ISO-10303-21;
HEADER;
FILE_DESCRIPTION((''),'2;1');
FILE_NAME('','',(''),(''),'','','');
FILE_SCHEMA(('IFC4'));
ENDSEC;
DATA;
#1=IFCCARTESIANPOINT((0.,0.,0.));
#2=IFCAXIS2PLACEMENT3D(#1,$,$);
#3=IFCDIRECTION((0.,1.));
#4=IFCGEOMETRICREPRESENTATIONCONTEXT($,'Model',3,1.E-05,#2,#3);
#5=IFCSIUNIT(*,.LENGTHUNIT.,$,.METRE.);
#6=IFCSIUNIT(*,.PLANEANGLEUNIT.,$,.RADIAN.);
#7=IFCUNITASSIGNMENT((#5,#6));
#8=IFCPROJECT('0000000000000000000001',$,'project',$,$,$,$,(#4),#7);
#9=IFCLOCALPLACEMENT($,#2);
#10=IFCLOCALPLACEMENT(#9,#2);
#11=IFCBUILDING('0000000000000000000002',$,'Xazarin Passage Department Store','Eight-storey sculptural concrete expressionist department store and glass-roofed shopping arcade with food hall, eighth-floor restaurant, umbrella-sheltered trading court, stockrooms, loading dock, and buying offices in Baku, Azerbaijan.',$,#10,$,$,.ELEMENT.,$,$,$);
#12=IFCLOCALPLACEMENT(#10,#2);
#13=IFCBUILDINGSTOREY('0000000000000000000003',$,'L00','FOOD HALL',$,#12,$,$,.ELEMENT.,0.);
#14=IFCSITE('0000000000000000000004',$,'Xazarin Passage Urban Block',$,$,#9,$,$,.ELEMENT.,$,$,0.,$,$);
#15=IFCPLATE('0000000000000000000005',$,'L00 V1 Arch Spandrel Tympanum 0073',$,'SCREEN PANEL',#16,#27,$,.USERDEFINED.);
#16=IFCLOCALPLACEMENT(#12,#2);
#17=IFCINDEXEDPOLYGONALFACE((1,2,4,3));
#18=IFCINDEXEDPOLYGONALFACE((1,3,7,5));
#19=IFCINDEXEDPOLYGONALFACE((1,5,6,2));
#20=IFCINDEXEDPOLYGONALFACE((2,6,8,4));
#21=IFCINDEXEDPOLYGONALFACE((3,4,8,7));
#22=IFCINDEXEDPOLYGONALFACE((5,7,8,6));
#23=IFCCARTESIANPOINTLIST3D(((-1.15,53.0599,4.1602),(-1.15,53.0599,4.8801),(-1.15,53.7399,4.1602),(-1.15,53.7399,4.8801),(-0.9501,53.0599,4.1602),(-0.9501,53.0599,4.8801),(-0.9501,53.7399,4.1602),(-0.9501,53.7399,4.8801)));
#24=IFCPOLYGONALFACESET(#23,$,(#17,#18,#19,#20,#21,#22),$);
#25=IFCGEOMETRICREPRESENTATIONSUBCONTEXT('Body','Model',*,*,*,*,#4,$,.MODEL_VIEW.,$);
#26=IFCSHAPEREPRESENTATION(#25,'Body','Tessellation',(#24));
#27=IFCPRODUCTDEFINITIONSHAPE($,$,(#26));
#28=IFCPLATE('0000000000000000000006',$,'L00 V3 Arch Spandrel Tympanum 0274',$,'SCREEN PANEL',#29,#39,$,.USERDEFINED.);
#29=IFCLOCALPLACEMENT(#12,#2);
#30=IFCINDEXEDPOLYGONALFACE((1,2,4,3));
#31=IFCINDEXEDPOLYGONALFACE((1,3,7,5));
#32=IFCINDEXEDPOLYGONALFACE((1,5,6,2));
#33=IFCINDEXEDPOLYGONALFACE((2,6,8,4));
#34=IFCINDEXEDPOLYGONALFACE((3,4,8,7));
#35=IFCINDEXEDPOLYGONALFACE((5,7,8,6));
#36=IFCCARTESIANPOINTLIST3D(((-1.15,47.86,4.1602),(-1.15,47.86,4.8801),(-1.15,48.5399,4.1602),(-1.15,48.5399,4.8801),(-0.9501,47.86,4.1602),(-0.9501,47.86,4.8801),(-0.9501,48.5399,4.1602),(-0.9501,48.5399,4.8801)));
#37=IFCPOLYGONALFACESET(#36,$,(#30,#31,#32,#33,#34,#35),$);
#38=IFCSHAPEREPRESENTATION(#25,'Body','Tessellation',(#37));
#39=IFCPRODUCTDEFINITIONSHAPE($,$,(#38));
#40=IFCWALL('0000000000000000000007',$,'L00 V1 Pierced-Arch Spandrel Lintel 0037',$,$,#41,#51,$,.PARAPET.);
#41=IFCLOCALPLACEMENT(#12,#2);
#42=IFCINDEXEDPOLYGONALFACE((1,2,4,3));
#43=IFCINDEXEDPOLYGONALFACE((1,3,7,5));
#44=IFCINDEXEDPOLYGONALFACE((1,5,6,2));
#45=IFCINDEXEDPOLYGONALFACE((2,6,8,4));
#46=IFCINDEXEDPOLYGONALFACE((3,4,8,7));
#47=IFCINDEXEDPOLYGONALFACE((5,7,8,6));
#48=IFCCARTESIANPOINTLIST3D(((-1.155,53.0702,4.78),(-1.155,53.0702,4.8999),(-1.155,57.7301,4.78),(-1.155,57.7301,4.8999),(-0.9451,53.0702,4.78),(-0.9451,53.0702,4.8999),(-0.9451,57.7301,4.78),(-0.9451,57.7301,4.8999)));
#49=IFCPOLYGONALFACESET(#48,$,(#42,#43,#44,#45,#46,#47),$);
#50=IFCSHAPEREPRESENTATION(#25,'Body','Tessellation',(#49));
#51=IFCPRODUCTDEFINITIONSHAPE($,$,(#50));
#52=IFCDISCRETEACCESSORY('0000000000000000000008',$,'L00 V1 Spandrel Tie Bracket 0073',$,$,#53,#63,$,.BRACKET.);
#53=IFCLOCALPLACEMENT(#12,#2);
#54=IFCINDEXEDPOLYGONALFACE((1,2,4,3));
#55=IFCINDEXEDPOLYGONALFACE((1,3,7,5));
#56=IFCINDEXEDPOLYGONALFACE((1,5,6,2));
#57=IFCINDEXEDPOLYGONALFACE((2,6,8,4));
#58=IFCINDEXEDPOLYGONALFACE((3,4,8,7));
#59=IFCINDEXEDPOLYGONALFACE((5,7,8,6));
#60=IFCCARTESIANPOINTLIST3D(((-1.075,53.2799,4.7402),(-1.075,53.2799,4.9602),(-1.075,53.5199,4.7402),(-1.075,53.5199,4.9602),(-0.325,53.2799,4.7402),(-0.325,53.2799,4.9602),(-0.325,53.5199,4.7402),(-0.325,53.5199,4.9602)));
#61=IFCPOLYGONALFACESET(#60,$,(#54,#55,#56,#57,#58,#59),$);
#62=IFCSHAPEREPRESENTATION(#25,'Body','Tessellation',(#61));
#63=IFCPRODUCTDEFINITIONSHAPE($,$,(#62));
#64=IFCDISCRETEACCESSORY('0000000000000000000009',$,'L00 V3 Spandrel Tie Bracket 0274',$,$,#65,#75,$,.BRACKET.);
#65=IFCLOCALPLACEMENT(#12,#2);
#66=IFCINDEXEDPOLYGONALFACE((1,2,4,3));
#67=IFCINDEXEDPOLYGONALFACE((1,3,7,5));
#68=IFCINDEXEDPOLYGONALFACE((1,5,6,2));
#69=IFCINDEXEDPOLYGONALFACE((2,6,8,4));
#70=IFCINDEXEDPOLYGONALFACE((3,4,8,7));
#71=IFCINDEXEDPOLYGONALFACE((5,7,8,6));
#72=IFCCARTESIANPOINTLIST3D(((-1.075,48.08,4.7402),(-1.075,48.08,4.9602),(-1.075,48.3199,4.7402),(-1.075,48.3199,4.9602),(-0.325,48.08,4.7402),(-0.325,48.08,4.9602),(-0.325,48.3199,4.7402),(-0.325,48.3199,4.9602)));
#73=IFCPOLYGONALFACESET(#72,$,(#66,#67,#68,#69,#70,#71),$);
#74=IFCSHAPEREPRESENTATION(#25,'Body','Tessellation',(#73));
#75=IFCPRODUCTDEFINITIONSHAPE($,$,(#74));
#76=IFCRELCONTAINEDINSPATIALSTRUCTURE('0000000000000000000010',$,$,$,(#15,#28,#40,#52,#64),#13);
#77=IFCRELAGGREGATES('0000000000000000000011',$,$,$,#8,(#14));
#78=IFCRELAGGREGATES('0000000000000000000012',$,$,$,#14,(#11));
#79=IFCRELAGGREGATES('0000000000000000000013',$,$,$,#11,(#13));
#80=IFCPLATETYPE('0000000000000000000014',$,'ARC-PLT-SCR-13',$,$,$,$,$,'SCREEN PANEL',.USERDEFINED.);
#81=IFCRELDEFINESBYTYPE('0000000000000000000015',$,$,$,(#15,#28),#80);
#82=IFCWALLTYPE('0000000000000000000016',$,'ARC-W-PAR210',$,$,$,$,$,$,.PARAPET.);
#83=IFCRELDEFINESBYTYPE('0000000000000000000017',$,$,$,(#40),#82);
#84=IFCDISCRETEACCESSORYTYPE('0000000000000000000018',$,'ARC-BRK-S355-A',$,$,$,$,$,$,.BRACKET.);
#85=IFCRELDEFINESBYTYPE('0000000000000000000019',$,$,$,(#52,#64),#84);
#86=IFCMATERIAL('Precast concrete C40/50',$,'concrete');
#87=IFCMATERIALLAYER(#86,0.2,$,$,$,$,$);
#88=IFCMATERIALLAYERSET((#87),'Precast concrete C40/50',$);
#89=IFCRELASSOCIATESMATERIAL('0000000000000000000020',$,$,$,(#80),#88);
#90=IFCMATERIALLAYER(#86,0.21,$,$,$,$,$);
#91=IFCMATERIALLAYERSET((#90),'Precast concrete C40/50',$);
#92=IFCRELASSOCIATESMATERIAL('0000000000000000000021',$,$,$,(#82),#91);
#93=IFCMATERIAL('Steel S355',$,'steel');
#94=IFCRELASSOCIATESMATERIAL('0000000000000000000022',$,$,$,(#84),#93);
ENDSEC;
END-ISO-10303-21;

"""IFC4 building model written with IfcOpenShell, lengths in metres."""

from ifc_helpers import new_model, si_unit, direction, frame, frame_2d, origin, origin_2d, place, context, subcontext, project, spatial, rectangle, extrude, material, layer, layer_set, type_object, element, save


model = new_model("IFC4")

# Units and contexts
model_context = context("Model", 3, precision=1e-05, world=origin(), true_north=direction((0.0, 1.0)))
body_context = subcontext(model_context, "Body", "Model", "MODEL_VIEW")
ifc_project = project(units=[si_unit("LENGTHUNIT", "METRE"), si_unit("PLANEANGLEUNIT", "RADIAN")], contexts=[model_context])

# Site, building, storey
site_placement = place(None, origin())
site = spatial("IfcSite", under=ifc_project, at=site_placement, Name="Xazarin Passage Urban Block", CompositionType="ELEMENT", RefElevation=0.0)
building_placement = place(site_placement, origin())
building = spatial("IfcBuilding", under=site, at=building_placement, Name="Xazarin Passage Department Store", Description="Eight-storey sculptural concrete expressionist department store and glass-roofed shopping arcade with food hall, eighth-floor restaurant, umbrella-sheltered trading court, stockrooms, loading dock, and buying offices in Baku, Azerbaijan.", CompositionType="ELEMENT")
storey_placement = place(building_placement, origin())
storey = spatial("IfcBuildingStorey", under=building, at=storey_placement, Name="L00", Description="FOOD HALL", CompositionType="ELEMENT", Elevation=0.0)

# Plates
ifc_material_1 = material(Name="Precast concrete C40/50", Category="concrete")
ifc_layer_1 = layer(ifc_material_1, 0.2)
ifc_layer_set_1 = layer_set([ifc_layer_1], Name="Precast concrete C40/50")
plate_type_1 = type_object("IfcPlateType", Name="ARC-PLT-SCR-13", ElementType="SCREEN PANEL", PredefinedType="USERDEFINED", material=ifc_layer_set_1)
for number, where, z_axis, x_axis, name in (
    (1, (-1.05, 53.3999, 4.1602), (0.0, 0.0, 1.0), (0.0, 1.0, 0.0), "L00 V1 Arch Spandrel Tympanum 0073"),
    (2, (-1.05, 48.2, 4.1602), (0.0, 0.0, 1.0), (0.0, 1.0, 0.0), "L00 V3 Arch Spandrel Tympanum 0274"),
):
    element("IfcPlate", number, at=place(storey_placement, frame(where, z_axis=z_axis, x_axis=x_axis)), inside=storey, type_object=plate_type_1, Name=name, ObjectType="SCREEN PANEL", PredefinedType="USERDEFINED", context=body_context, shape_type="SweptSolid", body=[
        extrude(rectangle(XDim=0.6799, YDim=0.2, at=origin_2d()), origin(), (0.0, 0.0, 1.0), 0.72),
    ])

# Wall
ifc_layer_2 = layer(ifc_material_1, 0.21)
ifc_layer_set_2 = layer_set([ifc_layer_2], Name="Precast concrete C40/50")
wall_type = type_object("IfcWallType", Name="ARC-W-PAR210", PredefinedType="PARAPET", material=ifc_layer_set_2)
wall_placement = place(storey_placement, frame((-1.05, 53.0701, 4.78), z_axis=(0.0, 0.0, 1.0), x_axis=(0.0, 1.0, 0.0)))
element("IfcWall", 3, at=wall_placement, inside=storey, type_object=wall_type, Name="L00 V1 Pierced-Arch Spandrel Lintel 0037", PredefinedType="PARAPET", context=body_context, shape_type="SweptSolid", body=[
    extrude(rectangle(XDim=4.6599, YDim=0.21, at=frame_2d((2.3301, 0.0))), origin(), (0.0, 0.0, 1.0), 0.1199),
])

# Discrete accessories
ifc_material_2 = material(Name="Steel S355", Category="steel")
discrete_accessory_type = type_object("IfcDiscreteAccessoryType", Name="ARC-BRK-S355-A", PredefinedType="BRACKET", material=ifc_material_2)
for number, where, z_axis, x_axis, name in (
    (4, (-0.7, 53.3999, 4.7402), (0.0, 0.0, 1.0), (0.0, 1.0, 0.0), "L00 V1 Spandrel Tie Bracket 0073"),
    (5, (-0.7, 48.2, 4.7402), (0.0, 0.0, 1.0), (0.0, 1.0, 0.0), "L00 V3 Spandrel Tie Bracket 0274"),
):
    element("IfcDiscreteAccessory", number, at=place(storey_placement, frame(where, z_axis=z_axis, x_axis=x_axis)), inside=storey, type_object=discrete_accessory_type, Name=name, PredefinedType="BRACKET", context=body_context, shape_type="SweptSolid", body=[
        extrude(rectangle(XDim=0.24, YDim=0.75, at=origin_2d()), origin(), (0.0, 0.0, 1.0), 0.22),
    ])

save(model, "model.ifc")
